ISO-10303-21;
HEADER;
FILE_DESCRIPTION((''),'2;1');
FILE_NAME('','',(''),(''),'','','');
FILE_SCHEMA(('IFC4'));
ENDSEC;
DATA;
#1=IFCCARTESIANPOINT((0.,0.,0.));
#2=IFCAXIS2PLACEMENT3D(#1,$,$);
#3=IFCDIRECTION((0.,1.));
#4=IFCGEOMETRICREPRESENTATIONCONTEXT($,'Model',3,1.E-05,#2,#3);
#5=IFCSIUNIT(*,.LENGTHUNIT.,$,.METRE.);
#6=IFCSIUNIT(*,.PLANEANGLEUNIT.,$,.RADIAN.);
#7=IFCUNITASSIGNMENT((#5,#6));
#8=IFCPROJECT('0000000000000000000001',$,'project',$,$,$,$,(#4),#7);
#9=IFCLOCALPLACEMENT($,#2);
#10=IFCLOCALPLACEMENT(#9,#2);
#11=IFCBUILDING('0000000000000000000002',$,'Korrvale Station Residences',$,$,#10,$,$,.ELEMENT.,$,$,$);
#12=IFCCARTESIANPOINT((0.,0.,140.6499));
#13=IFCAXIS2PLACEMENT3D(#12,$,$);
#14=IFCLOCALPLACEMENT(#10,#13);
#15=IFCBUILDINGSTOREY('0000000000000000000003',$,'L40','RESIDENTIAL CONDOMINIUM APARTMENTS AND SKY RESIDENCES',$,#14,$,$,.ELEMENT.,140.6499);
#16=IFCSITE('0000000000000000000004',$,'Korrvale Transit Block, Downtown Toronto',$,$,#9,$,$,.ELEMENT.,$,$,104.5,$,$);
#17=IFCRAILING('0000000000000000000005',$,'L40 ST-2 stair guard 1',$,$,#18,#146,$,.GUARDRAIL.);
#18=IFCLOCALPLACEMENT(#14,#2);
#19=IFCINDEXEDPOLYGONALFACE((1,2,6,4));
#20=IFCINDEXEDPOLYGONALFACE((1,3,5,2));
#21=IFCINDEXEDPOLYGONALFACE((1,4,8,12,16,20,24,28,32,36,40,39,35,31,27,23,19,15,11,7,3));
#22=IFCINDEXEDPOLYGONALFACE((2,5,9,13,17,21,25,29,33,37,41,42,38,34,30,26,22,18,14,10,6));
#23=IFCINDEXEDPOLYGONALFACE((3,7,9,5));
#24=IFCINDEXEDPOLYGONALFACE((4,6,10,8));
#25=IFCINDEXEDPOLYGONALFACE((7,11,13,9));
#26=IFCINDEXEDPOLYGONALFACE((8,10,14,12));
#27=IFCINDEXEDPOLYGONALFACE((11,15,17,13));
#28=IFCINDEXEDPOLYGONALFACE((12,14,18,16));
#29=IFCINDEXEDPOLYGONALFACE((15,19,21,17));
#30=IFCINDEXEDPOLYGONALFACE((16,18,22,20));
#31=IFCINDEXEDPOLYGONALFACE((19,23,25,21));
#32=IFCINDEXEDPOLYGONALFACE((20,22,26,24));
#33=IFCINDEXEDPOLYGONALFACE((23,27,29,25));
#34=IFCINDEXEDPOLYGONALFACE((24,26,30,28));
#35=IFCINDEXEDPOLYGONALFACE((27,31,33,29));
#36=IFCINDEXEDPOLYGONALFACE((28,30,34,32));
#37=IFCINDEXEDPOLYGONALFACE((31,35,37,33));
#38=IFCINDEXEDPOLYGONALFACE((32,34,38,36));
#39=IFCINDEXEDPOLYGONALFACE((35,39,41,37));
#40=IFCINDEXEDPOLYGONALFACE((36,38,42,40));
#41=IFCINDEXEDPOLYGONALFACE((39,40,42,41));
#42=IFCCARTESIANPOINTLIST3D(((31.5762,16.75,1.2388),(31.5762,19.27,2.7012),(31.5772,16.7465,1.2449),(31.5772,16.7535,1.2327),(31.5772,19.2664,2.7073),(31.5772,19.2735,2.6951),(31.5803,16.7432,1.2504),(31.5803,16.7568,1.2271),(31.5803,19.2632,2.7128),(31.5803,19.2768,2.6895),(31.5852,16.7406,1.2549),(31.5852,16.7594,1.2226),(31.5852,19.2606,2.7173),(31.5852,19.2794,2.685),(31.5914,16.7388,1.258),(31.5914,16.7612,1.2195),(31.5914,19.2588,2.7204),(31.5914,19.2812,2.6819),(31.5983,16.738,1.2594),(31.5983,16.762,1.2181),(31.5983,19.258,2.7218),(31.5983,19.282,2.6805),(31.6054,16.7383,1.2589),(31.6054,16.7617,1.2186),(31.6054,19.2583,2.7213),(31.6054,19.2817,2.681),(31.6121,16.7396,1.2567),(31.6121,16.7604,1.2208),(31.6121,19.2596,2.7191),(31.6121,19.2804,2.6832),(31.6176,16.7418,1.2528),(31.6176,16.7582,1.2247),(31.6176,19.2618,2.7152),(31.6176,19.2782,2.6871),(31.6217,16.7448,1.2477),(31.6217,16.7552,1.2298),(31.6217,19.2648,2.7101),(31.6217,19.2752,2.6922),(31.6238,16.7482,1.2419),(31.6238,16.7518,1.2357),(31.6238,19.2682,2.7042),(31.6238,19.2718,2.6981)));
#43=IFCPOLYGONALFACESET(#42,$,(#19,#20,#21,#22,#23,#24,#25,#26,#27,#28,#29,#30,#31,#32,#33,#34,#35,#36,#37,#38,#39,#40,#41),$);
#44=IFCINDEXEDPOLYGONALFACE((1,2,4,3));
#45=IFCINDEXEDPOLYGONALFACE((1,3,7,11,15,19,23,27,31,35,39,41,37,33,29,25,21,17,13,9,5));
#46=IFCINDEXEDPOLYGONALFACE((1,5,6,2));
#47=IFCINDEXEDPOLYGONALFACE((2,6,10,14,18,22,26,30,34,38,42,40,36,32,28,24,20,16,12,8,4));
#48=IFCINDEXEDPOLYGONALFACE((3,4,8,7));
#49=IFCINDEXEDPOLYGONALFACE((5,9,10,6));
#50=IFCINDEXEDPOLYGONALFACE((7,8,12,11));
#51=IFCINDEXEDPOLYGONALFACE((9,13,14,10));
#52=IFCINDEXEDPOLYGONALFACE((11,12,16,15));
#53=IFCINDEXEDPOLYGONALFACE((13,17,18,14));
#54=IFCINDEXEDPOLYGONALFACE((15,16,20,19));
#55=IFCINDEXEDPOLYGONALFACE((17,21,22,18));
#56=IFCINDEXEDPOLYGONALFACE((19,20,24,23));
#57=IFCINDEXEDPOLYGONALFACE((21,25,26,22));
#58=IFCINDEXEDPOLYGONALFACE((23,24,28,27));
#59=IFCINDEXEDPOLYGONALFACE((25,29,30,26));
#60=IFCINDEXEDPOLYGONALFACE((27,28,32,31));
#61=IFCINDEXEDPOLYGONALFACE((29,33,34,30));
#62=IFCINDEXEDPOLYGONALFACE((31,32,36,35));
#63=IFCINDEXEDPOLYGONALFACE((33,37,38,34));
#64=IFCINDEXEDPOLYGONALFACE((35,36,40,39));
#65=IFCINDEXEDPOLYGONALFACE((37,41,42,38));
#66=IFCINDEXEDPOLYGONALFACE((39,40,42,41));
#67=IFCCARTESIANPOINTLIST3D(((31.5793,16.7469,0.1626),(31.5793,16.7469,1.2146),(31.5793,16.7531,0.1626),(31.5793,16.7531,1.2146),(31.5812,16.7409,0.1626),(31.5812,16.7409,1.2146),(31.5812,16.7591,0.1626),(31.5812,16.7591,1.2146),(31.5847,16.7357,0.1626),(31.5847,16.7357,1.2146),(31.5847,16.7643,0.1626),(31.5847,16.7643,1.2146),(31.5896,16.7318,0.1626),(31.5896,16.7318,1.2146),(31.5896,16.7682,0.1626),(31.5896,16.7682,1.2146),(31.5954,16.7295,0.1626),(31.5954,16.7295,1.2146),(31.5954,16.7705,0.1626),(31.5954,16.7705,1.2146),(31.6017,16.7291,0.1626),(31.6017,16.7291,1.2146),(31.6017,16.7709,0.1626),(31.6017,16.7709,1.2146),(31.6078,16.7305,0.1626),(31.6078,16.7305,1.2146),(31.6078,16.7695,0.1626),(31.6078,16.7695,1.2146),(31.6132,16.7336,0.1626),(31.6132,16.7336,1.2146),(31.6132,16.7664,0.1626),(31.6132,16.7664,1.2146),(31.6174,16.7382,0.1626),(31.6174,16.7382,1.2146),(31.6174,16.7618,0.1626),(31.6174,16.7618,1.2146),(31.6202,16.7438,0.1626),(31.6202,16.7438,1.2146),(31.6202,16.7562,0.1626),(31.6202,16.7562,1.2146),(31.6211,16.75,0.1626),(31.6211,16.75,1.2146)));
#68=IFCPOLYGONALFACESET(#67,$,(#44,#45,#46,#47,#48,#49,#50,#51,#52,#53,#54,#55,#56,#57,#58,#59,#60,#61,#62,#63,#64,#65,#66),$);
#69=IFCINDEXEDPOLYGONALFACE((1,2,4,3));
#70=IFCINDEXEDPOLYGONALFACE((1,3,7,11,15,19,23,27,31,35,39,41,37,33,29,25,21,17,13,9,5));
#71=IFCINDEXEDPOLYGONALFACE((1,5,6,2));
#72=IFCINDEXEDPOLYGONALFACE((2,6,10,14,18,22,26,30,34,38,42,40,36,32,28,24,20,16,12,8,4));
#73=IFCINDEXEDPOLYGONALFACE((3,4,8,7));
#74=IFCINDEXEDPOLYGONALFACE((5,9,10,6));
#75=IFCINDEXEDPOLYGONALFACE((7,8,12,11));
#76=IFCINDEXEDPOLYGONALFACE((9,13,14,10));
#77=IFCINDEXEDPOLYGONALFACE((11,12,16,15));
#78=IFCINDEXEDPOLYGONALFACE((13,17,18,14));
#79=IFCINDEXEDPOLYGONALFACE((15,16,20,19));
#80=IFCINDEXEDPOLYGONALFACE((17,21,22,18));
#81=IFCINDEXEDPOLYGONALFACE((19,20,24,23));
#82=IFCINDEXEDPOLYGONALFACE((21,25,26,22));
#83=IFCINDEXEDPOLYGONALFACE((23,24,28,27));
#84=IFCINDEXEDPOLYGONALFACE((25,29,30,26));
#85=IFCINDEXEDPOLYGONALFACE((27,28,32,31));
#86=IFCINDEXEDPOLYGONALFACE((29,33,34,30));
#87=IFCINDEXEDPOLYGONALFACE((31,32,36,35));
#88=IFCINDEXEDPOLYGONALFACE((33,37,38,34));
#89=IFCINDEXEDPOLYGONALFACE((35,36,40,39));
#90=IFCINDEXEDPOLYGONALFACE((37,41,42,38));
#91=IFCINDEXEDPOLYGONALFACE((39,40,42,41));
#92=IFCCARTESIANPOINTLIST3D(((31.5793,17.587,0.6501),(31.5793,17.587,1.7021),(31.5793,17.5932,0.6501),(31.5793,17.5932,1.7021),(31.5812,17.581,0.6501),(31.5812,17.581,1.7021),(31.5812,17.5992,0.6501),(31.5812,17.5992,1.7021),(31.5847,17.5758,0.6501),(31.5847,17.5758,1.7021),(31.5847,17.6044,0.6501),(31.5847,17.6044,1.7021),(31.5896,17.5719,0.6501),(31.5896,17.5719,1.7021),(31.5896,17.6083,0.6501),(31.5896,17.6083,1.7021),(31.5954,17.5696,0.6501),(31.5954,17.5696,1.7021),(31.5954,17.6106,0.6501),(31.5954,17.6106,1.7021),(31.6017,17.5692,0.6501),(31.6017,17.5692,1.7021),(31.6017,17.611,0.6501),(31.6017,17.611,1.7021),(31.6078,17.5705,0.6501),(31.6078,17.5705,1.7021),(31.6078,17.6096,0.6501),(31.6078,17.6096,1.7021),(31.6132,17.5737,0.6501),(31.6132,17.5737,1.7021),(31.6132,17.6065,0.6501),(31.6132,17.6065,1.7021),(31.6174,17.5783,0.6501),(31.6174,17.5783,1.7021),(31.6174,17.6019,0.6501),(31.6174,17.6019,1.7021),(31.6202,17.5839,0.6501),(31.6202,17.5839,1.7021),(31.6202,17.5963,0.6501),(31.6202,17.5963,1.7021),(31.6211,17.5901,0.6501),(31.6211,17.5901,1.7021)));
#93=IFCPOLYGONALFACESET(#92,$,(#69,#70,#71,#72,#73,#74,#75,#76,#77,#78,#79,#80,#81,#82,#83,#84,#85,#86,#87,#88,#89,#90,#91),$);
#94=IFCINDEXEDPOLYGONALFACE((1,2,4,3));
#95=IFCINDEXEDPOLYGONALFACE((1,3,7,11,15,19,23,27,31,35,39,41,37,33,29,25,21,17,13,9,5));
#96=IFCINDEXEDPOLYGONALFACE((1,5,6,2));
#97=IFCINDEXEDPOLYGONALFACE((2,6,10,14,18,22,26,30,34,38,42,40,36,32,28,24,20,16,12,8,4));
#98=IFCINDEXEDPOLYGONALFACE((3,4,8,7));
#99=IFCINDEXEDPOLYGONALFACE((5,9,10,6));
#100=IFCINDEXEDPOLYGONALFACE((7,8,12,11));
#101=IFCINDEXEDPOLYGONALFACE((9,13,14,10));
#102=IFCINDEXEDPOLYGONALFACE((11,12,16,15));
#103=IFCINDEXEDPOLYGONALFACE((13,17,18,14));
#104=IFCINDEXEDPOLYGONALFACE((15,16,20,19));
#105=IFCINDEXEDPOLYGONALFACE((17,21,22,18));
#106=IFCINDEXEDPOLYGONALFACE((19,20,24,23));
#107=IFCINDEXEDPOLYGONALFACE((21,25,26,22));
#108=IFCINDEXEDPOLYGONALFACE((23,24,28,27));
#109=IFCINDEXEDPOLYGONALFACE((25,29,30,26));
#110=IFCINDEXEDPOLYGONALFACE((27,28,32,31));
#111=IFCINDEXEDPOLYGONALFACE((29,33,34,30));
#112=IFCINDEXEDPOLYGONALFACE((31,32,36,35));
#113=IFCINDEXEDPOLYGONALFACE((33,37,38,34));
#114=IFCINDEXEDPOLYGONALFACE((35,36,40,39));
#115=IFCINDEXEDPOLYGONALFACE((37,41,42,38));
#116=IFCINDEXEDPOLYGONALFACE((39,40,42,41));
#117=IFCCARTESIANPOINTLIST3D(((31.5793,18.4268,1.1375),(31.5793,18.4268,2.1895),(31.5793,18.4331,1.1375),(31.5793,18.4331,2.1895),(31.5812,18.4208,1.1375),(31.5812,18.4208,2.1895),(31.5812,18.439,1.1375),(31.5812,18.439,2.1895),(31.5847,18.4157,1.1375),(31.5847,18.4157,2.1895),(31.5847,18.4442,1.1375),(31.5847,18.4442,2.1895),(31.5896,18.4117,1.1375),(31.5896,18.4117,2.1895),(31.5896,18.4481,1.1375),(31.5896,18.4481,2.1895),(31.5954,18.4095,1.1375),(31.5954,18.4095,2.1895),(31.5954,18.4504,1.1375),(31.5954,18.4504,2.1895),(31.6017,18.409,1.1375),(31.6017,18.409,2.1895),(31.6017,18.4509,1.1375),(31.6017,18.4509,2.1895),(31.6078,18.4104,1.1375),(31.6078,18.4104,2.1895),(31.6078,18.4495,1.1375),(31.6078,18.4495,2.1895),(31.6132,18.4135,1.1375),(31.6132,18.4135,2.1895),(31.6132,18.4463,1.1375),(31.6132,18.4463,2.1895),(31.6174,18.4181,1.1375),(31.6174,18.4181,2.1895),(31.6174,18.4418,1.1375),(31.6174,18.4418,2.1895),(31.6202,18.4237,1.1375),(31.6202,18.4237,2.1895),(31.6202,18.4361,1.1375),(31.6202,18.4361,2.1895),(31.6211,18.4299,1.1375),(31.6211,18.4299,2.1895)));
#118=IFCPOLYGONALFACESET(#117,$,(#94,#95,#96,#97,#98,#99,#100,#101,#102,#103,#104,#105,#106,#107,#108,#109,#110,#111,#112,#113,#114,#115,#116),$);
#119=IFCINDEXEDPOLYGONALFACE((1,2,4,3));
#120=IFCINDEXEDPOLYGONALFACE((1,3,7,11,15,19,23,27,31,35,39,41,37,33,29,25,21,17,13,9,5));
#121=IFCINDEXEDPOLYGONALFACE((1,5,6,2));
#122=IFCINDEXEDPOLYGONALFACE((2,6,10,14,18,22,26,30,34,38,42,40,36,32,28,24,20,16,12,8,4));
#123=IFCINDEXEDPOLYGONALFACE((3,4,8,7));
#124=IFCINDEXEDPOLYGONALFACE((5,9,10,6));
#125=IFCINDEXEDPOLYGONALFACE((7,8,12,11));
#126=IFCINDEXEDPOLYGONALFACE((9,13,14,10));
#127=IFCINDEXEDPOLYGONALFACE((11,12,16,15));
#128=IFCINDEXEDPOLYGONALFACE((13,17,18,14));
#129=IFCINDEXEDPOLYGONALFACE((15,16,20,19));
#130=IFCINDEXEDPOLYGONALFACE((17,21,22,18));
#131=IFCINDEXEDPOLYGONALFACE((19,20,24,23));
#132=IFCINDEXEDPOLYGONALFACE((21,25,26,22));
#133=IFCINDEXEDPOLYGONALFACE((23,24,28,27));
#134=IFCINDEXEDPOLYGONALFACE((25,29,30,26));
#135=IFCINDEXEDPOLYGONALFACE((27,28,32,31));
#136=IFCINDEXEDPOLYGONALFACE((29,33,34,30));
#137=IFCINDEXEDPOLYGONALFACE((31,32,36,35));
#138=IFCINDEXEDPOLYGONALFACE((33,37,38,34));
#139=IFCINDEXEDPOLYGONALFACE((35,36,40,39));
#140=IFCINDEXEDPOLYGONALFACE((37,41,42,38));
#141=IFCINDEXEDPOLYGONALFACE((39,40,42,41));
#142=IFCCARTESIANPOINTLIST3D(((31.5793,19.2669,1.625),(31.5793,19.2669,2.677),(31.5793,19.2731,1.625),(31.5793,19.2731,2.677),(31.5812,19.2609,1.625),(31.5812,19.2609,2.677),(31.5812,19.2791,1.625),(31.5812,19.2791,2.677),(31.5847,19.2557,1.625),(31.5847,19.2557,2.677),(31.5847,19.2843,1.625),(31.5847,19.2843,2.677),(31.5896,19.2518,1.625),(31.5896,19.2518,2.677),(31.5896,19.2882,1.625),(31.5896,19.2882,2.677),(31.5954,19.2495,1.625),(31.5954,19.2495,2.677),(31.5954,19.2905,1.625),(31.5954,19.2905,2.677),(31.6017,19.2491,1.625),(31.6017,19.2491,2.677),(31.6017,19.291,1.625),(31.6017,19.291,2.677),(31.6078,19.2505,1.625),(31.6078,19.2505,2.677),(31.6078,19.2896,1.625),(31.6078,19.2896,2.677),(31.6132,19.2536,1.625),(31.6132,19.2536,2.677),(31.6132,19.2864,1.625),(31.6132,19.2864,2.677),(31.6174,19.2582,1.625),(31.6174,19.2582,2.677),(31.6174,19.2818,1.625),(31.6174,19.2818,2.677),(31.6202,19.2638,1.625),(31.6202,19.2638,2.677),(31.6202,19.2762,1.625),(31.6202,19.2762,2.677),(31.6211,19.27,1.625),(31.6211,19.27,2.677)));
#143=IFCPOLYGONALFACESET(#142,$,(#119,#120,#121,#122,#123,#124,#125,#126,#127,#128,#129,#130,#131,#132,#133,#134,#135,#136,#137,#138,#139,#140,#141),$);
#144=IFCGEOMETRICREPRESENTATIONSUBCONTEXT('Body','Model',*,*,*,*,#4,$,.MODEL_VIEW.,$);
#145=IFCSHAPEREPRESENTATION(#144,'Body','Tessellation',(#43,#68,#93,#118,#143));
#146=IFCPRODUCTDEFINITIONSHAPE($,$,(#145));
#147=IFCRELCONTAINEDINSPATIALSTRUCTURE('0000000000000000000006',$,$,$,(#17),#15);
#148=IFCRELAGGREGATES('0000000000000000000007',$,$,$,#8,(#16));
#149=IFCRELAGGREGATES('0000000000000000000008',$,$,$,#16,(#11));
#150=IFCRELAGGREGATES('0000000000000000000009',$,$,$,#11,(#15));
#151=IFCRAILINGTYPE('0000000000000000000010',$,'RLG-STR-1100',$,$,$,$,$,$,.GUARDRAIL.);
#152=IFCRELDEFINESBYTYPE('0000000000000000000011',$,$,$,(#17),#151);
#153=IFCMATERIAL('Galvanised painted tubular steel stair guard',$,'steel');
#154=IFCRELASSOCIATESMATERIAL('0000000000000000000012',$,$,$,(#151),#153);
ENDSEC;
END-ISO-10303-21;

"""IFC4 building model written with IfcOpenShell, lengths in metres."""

from ifc_helpers import new_model, si_unit, direction, frame, origin, origin_2d, place, context, subcontext, project, spatial, circle, extrude, material, type_object, element, save


model = new_model("IFC4")

# Units and contexts
model_context = context("Model", 3, precision=1e-05, world=origin(), true_north=direction((0.0, 1.0)))
body_context = subcontext(model_context, "Body", "Model", "MODEL_VIEW")
ifc_project = project(units=[si_unit("LENGTHUNIT", "METRE"), si_unit("PLANEANGLEUNIT", "RADIAN")], contexts=[model_context])

# Site, building, storey
site_placement = place(None, origin())
site = spatial("IfcSite", under=ifc_project, at=site_placement, Name="Korrvale Transit Block, Downtown Toronto", CompositionType="ELEMENT", RefElevation=104.5)
building_placement = place(site_placement, origin())
building = spatial("IfcBuilding", under=site, at=building_placement, Name="Korrvale Station Residences", CompositionType="ELEMENT")
storey_placement = place(building_placement, frame((0.0, 0.0, 140.6499)))
storey = spatial("IfcBuildingStorey", under=building, at=storey_placement, Name="L40", Description="RESIDENTIAL CONDOMINIUM APARTMENTS AND SKY RESIDENCES", CompositionType="ELEMENT", Elevation=140.6499)

# Railing
ifc_material_1 = material(Name="Galvanised painted tubular steel stair guard", Category="steel")
railing_type_1 = type_object("IfcRailingType", Name="RLG-STR-1100", PredefinedType="GUARDRAIL", material=ifc_material_1)
railing_1_placement = place(storey_placement, frame((31.6001, 16.75, 0.1626)))
element("IfcRailing", 1, at=railing_1_placement, inside=storey, type_object=railing_type_1, Name="L40 ST-2 stair guard 1", PredefinedType="GUARDRAIL", context=body_context, shape_type="SweptSolid", body=[
    extrude(circle(Radius=0.0239, at=origin_2d()), frame((0.0, 0.0, 1.0762), z_axis=(0.0, 0.864913, 0.501921), x_axis=(-1.0, 0.0, 0.0)), (0.0, 0.0, 1.0), 2.9136),
    extrude(circle(Radius=0.021, at=origin_2d()), origin(), (0.0, 0.0, 1.0), 1.052),
    extrude(circle(Radius=0.021, at=origin_2d()), frame((0.0, 0.8401, 0.4875)), (0.0, 0.0, 1.0), 1.052),
    extrude(circle(Radius=0.021, at=origin_2d()), frame((0.0, 1.6799, 0.9749)), (0.0, 0.0, 1.0), 1.052),
    extrude(circle(Radius=0.021, at=origin_2d()), frame((0.0, 2.52, 1.4624)), (0.0, 0.0, 1.0), 1.052),
])

save(model, "model.ifc")
